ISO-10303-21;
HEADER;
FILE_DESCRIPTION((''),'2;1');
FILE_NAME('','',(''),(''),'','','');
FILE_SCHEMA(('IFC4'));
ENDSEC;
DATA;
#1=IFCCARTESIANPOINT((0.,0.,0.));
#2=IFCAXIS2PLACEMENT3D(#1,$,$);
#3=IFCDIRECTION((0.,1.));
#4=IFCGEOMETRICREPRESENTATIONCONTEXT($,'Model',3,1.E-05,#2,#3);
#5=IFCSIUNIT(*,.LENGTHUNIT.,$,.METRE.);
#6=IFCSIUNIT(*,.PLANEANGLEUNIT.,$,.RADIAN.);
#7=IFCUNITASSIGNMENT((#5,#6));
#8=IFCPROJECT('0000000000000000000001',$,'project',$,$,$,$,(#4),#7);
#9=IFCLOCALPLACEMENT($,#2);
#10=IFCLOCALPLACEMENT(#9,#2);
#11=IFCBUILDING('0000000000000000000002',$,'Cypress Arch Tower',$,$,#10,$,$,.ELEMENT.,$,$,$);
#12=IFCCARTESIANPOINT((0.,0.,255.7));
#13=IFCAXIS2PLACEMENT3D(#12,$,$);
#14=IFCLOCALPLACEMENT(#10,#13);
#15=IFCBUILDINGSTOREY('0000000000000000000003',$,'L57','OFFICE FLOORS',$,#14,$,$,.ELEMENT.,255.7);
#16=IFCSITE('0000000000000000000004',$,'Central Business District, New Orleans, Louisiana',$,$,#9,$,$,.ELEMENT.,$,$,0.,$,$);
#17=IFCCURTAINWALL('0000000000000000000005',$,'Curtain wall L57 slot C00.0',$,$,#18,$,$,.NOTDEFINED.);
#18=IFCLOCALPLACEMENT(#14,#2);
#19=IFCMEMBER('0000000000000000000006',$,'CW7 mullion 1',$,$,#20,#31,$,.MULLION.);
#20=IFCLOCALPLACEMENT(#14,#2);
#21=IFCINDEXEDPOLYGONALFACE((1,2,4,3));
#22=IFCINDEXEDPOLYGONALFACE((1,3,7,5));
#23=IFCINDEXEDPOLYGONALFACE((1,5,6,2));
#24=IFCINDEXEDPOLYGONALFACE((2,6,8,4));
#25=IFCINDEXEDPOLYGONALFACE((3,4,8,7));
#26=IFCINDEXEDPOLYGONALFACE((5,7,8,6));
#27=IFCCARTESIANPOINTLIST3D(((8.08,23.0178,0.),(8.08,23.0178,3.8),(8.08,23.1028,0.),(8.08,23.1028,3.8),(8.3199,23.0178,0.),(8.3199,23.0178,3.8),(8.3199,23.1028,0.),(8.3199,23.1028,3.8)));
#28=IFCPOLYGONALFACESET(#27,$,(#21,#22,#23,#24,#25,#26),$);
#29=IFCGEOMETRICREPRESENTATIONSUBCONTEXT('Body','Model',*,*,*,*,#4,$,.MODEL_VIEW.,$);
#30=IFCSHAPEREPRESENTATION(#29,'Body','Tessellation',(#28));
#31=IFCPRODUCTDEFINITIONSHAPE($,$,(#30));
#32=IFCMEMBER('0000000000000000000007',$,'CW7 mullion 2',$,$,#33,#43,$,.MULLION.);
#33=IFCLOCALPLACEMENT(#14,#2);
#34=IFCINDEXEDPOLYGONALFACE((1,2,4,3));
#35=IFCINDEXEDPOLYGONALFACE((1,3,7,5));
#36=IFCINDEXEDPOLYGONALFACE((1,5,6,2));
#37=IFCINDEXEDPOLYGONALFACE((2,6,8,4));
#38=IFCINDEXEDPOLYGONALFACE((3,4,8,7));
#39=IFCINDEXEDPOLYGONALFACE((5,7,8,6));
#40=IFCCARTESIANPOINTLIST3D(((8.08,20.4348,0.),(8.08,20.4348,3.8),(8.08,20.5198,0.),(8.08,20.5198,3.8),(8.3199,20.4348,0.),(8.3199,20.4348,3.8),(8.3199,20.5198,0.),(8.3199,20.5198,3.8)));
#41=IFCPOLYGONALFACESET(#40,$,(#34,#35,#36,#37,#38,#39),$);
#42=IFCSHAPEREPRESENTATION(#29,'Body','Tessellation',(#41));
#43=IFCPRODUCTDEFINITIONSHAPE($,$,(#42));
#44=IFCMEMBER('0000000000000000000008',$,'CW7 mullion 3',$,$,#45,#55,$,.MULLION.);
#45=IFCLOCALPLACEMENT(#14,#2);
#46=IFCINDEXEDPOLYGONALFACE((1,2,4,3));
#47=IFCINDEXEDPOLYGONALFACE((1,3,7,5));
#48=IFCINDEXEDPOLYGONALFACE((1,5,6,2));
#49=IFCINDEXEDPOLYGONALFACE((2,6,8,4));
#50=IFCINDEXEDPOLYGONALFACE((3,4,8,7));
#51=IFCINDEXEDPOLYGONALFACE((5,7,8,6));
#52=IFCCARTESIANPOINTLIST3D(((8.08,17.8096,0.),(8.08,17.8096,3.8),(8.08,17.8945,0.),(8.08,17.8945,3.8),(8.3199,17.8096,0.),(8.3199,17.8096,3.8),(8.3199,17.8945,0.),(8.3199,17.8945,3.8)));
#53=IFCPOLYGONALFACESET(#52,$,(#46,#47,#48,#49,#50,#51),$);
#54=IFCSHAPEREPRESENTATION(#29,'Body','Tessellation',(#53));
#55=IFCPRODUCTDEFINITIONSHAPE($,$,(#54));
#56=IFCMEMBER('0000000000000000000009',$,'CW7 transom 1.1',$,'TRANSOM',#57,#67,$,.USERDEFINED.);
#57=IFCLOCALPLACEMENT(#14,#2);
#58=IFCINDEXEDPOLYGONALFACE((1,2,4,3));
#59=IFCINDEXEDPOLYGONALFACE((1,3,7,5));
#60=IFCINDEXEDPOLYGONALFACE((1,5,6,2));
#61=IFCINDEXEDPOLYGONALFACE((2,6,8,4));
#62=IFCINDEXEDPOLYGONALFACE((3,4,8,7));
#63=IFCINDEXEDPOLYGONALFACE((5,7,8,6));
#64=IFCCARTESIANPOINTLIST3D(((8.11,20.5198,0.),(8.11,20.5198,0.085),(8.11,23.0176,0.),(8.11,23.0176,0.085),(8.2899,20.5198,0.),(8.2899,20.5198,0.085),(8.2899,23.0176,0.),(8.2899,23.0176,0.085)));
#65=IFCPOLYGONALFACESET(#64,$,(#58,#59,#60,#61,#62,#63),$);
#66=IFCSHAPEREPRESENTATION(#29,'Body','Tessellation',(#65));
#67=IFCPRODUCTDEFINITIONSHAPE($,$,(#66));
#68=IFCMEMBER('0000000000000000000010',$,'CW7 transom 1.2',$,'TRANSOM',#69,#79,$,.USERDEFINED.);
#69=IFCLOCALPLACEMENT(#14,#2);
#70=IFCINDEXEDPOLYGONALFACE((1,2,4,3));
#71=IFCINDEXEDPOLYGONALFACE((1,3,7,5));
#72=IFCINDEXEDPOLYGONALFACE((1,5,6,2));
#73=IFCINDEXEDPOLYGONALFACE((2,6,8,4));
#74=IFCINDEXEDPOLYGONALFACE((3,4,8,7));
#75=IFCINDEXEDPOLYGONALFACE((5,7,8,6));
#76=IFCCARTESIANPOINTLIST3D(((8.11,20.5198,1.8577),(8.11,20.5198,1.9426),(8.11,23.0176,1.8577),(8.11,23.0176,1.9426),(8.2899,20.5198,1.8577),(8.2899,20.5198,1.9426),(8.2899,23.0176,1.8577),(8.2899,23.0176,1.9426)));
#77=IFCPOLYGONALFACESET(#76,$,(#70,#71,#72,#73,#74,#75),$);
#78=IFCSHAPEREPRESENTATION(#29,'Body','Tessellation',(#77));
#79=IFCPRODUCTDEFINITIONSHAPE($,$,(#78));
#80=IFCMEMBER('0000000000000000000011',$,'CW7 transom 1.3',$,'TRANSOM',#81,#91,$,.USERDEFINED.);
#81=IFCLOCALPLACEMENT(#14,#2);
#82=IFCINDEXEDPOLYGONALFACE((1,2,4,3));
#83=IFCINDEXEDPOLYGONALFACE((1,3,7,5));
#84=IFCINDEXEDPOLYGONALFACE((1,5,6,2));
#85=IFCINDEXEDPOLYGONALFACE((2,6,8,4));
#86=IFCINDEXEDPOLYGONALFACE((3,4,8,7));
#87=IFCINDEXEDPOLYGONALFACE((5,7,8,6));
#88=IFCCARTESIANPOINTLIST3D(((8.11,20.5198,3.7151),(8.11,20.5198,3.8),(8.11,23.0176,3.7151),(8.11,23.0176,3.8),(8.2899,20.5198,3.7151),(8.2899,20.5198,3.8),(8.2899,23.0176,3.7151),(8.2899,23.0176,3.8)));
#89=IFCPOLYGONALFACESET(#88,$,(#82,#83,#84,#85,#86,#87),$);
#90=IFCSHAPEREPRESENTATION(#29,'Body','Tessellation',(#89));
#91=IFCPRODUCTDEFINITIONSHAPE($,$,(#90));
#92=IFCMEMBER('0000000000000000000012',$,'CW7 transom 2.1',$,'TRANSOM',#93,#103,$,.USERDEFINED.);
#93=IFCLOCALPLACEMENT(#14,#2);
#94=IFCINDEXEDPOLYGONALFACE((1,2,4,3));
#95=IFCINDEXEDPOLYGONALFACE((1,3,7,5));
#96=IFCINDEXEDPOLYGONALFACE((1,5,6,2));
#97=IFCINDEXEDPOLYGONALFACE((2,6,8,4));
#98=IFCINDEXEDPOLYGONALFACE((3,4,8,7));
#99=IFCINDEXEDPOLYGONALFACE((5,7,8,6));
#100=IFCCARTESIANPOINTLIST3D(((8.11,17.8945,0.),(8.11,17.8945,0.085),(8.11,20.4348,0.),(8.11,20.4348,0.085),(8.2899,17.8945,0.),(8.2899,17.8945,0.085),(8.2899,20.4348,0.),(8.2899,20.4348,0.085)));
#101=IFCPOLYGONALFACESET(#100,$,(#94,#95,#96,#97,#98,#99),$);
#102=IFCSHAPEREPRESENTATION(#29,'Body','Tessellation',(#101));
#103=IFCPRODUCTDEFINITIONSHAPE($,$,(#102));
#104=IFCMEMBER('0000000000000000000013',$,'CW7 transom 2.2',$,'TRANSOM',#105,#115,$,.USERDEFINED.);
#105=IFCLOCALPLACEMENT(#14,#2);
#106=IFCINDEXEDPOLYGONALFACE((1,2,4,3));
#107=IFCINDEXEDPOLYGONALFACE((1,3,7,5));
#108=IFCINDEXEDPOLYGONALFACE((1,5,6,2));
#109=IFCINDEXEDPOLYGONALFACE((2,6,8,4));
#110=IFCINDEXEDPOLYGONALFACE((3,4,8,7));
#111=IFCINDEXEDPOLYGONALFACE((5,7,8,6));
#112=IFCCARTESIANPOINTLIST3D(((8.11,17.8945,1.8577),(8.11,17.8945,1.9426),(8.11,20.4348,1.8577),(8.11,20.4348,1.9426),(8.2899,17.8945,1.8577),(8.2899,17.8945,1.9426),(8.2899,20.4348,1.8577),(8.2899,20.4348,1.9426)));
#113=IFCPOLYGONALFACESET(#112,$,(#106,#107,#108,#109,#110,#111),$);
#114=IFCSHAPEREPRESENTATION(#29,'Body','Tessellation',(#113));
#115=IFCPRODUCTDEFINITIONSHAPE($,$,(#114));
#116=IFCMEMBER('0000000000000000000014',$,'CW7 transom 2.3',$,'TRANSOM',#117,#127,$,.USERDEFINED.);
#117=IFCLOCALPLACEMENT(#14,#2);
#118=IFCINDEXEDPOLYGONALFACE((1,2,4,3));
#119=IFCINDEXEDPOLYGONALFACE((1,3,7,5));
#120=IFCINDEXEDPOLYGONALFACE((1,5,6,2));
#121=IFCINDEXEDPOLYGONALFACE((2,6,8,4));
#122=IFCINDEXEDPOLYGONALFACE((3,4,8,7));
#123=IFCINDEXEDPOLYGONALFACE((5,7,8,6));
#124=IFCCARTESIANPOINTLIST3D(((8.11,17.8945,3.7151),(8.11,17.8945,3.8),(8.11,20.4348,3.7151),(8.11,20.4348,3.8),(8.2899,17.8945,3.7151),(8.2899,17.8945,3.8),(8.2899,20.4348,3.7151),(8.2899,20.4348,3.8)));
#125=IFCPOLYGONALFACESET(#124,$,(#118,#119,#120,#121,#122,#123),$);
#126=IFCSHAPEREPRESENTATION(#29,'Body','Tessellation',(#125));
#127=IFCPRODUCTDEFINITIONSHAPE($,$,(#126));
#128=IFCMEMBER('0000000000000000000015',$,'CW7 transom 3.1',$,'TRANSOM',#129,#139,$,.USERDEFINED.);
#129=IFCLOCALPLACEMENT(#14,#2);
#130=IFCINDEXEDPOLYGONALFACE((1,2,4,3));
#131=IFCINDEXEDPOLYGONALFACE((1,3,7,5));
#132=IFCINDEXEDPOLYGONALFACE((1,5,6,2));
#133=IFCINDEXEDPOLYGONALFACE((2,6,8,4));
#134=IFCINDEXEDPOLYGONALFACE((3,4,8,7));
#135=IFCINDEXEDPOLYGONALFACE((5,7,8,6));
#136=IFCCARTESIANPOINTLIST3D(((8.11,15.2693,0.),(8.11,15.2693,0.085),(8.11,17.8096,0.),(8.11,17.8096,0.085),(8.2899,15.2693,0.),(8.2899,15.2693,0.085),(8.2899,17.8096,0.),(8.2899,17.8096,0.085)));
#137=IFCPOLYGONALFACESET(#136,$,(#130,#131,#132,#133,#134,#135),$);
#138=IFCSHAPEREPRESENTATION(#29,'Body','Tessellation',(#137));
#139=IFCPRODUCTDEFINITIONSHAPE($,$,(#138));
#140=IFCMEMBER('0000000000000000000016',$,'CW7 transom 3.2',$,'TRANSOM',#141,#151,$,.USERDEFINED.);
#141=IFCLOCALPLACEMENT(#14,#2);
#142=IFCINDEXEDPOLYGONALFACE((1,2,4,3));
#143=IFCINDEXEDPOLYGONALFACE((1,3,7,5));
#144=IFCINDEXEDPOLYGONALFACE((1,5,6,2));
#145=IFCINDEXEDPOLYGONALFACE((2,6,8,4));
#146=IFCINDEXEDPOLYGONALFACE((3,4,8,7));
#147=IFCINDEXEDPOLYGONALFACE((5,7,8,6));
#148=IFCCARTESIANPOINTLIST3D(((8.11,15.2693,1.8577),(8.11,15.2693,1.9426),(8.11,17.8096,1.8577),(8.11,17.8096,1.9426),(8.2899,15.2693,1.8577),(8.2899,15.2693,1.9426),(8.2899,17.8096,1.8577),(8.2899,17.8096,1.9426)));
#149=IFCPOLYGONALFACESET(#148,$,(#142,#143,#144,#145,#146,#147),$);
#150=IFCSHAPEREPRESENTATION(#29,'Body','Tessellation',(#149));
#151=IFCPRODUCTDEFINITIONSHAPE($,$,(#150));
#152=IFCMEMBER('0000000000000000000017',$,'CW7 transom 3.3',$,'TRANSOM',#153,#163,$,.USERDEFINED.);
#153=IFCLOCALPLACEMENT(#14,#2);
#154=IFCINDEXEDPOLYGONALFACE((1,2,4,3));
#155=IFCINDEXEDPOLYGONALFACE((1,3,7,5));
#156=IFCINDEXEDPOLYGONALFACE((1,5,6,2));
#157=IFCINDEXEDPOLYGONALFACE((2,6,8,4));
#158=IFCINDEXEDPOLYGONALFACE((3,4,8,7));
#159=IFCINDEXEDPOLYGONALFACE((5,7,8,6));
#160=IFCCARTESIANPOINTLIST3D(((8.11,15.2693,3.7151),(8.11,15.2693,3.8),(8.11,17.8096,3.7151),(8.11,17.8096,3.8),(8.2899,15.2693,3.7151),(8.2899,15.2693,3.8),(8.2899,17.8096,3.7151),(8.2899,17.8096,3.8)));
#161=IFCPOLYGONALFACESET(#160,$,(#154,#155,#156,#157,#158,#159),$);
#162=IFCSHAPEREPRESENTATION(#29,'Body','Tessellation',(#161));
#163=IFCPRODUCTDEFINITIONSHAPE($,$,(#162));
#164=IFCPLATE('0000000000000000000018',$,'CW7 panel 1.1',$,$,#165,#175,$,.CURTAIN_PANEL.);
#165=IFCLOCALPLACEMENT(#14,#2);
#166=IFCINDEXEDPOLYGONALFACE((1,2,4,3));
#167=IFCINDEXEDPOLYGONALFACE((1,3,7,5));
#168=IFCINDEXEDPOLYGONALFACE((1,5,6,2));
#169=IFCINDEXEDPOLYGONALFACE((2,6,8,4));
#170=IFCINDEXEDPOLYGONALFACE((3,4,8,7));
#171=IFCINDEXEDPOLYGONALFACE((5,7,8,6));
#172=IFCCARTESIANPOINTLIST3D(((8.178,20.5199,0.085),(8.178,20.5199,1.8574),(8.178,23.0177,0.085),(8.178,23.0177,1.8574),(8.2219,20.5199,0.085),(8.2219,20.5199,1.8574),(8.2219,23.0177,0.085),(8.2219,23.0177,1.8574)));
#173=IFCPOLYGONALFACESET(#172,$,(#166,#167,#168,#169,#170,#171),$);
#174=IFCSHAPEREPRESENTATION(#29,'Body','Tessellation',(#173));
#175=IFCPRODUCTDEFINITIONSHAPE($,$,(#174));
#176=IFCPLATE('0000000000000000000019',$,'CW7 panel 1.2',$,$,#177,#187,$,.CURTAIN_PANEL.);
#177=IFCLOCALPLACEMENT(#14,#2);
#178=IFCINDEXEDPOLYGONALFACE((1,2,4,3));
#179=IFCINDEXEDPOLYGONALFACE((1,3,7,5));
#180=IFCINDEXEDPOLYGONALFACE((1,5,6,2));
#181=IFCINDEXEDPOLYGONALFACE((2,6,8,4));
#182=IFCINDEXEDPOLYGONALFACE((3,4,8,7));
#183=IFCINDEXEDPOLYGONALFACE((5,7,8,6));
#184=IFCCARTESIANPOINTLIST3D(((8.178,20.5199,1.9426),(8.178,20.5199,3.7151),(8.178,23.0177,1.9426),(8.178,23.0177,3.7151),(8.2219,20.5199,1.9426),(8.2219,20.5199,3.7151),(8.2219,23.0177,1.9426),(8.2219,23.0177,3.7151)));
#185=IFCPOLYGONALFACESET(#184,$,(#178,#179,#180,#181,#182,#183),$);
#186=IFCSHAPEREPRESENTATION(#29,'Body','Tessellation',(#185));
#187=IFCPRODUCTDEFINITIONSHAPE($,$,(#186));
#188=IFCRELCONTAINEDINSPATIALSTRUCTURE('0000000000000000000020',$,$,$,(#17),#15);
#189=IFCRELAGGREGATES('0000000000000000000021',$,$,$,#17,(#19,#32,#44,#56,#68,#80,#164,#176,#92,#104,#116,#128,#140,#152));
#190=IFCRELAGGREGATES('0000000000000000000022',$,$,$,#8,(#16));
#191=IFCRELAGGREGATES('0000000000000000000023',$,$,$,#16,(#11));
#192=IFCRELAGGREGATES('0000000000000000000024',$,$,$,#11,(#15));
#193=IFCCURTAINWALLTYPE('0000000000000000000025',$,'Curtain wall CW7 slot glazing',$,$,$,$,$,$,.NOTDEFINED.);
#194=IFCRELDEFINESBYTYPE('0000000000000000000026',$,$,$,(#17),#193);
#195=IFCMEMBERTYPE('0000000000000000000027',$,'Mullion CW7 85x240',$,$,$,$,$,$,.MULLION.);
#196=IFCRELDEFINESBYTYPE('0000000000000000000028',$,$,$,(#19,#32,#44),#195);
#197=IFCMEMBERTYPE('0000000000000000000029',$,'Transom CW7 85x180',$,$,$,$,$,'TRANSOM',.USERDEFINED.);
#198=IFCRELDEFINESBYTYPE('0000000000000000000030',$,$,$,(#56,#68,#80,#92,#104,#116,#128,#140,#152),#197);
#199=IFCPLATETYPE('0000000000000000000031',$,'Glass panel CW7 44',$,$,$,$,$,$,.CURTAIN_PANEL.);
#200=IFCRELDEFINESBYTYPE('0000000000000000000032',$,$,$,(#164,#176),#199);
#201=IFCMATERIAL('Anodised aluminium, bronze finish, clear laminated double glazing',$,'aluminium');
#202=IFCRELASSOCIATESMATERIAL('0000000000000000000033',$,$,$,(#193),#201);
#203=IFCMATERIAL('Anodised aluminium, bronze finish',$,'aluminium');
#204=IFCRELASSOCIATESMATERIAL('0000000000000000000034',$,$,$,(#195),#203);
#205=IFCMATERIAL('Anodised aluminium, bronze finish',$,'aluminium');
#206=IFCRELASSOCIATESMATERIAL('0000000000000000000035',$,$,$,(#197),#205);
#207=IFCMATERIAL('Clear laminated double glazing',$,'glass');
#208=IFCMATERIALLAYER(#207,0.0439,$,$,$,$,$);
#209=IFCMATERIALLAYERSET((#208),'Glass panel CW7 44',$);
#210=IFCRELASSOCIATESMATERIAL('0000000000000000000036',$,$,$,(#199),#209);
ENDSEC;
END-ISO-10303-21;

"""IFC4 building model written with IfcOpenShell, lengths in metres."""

from ifc_helpers import new_model, si_unit, direction, frame, origin, origin_2d, place, context, subcontext, project, spatial, rectangle, extrude, material, layer, layer_set, material_profile, profile_set, type_object, element, aggregate, save


model = new_model("IFC4")

# Units and contexts
model_context = context("Model", 3, precision=1e-05, world=origin(), true_north=direction((0.0, 1.0)))
body_context = subcontext(model_context, "Body", "Model", "MODEL_VIEW")
ifc_project = project(units=[si_unit("LENGTHUNIT", "METRE"), si_unit("PLANEANGLEUNIT", "RADIAN")], contexts=[model_context])

# Site, building, storey
site_placement = place(None, origin())
site = spatial("IfcSite", under=ifc_project, at=site_placement, Name="Central Business District, New Orleans, Louisiana", CompositionType="ELEMENT", RefElevation=0.0)
building_placement = place(site_placement, origin())
building = spatial("IfcBuilding", under=site, at=building_placement, Name="Cypress Arch Tower", CompositionType="ELEMENT")
storey_placement = place(building_placement, frame((0.0, 0.0, 255.7)))
storey = spatial("IfcBuildingStorey", under=building, at=storey_placement, Name="L57", Description="OFFICE FLOORS", CompositionType="ELEMENT", Elevation=255.7)

# Curtain wall, members, plates
ifc_material_1 = material(Name="Anodised aluminium, bronze finish, clear laminated double glazing", Category="aluminium")
curtain_wall_type = type_object("IfcCurtainWallType", Name="Curtain wall CW7 slot glazing", PredefinedType="NOTDEFINED", material=ifc_material_1)
curtain_wall_placement = place(storey_placement, origin())
curtain_wall = element("IfcCurtainWall", 1, at=curtain_wall_placement, inside=storey, type_object=curtain_wall_type, Name="Curtain wall L57 slot C00.0", PredefinedType="NOTDEFINED")
ifc_material_2 = material(Name="Anodised aluminium, bronze finish", Category="aluminium")
ifc_material_profile_1 = material_profile(ifc_material_2, rectangle(XDim=0.24, YDim=0.085, at=origin_2d()), Name="Mullion 85x240")
ifc_profile_set_1 = profile_set([ifc_material_profile_1], Name="Anodised aluminium, bronze finish")
member_type_1 = type_object("IfcMemberType", Name="Mullion CW7 85x240", PredefinedType="MULLION", material=ifc_profile_set_1)
member_1_placement = place(storey_placement, frame((8.2, 23.0603, 0.0), z_axis=(0.0, 0.0, 1.0), x_axis=(1.0, 0.0, 0.0)))
member_1 = element("IfcMember", 2, at=member_1_placement, type_object=member_type_1, Name="CW7 mullion 1", PredefinedType="MULLION", context=body_context, shape_type="SweptSolid", body=[
    extrude(rectangle(XDim=0.24, YDim=0.085, at=origin_2d()), origin(), (0.0, 0.0, 1.0), 3.8),
])
member_2_placement = place(storey_placement, frame((8.2, 20.4773, 0.0), z_axis=(0.0, 0.0, 1.0), x_axis=(1.0, 0.0, 0.0)))
member_2 = element("IfcMember", 3, at=member_2_placement, type_object=member_type_1, Name="CW7 mullion 2", PredefinedType="MULLION", context=body_context, shape_type="SweptSolid", body=[
    extrude(rectangle(XDim=0.24, YDim=0.085, at=origin_2d()), origin(), (0.0, 0.0, 1.0), 3.8),
])
member_3_placement = place(storey_placement, frame((8.2, 17.8521, 0.0), z_axis=(0.0, 0.0, 1.0), x_axis=(1.0, 0.0, 0.0)))
member_3 = element("IfcMember", 4, at=member_3_placement, type_object=member_type_1, Name="CW7 mullion 3", PredefinedType="MULLION", context=body_context, shape_type="SweptSolid", body=[
    extrude(rectangle(XDim=0.24, YDim=0.085, at=origin_2d()), origin(), (0.0, 0.0, 1.0), 3.8),
])
ifc_material_3 = material(Name="Anodised aluminium, bronze finish", Category="aluminium")
ifc_material_profile_2 = material_profile(ifc_material_3, rectangle(XDim=0.1799, YDim=0.085, at=origin_2d()), Name="Transom 85x180")
ifc_profile_set_2 = profile_set([ifc_material_profile_2], Name="Anodised aluminium, bronze finish")
member_type_2 = type_object("IfcMemberType", Name="Transom CW7 85x180", ElementType="TRANSOM", PredefinedType="USERDEFINED", material=ifc_profile_set_2)
member_4_placement = place(storey_placement, frame((8.2, 23.0176, 0.0425), z_axis=(0.0, -1.0, 0.0), x_axis=(1.0, 0.0, 0.0)))
member_4 = element("IfcMember", 5, at=member_4_placement, type_object=member_type_2, Name="CW7 transom 1.1", ObjectType="TRANSOM", PredefinedType="USERDEFINED", context=body_context, shape_type="SweptSolid", body=[
    extrude(rectangle(XDim=0.1799, YDim=0.085, at=origin_2d()), origin(), (0.0, 0.0, 1.0), 2.4978),
])
member_5_placement = place(storey_placement, frame((8.2, 23.0176, 1.9001), z_axis=(0.0, -1.0, 0.0), x_axis=(1.0, 0.0, 0.0)))
member_5 = element("IfcMember", 6, at=member_5_placement, type_object=member_type_2, Name="CW7 transom 1.2", ObjectType="TRANSOM", PredefinedType="USERDEFINED", context=body_context, shape_type="SweptSolid", body=[
    extrude(rectangle(XDim=0.1799, YDim=0.085, at=origin_2d()), origin(), (0.0, 0.0, 1.0), 2.4978),
])
member_6_placement = place(storey_placement, frame((8.2, 23.0176, 3.7576), z_axis=(0.0, -1.0, 0.0), x_axis=(1.0, 0.0, 0.0)))
member_6 = element("IfcMember", 7, at=member_6_placement, type_object=member_type_2, Name="CW7 transom 1.3", ObjectType="TRANSOM", PredefinedType="USERDEFINED", context=body_context, shape_type="SweptSolid", body=[
    extrude(rectangle(XDim=0.1799, YDim=0.085, at=origin_2d()), origin(), (0.0, 0.0, 1.0), 2.4978),
])
member_7_placement = place(storey_placement, frame((8.2, 20.4348, 0.0425), z_axis=(0.0, -1.0, 0.0), x_axis=(1.0, 0.0, 0.0)))
member_7 = element("IfcMember", 8, at=member_7_placement, type_object=member_type_2, Name="CW7 transom 2.1", ObjectType="TRANSOM", PredefinedType="USERDEFINED", context=body_context, shape_type="SweptSolid", body=[
    extrude(rectangle(XDim=0.1799, YDim=0.085, at=origin_2d()), origin(), (0.0, 0.0, 1.0), 2.5403),
])
member_8_placement = place(storey_placement, frame((8.2, 20.4348, 1.9001), z_axis=(0.0, -1.0, 0.0), x_axis=(1.0, 0.0, 0.0)))
member_8 = element("IfcMember", 9, at=member_8_placement, type_object=member_type_2, Name="CW7 transom 2.2", ObjectType="TRANSOM", PredefinedType="USERDEFINED", context=body_context, shape_type="SweptSolid", body=[
    extrude(rectangle(XDim=0.1799, YDim=0.085, at=origin_2d()), origin(), (0.0, 0.0, 1.0), 2.5403),
])
member_9_placement = place(storey_placement, frame((8.2, 20.4348, 3.7576), z_axis=(0.0, -1.0, 0.0), x_axis=(1.0, 0.0, 0.0)))
member_9 = element("IfcMember", 10, at=member_9_placement, type_object=member_type_2, Name="CW7 transom 2.3", ObjectType="TRANSOM", PredefinedType="USERDEFINED", context=body_context, shape_type="SweptSolid", body=[
    extrude(rectangle(XDim=0.1799, YDim=0.085, at=origin_2d()), origin(), (0.0, 0.0, 1.0), 2.5403),
])
member_10_placement = place(storey_placement, frame((8.2, 17.8096, 0.0425), z_axis=(0.0, -1.0, 0.0), x_axis=(1.0, 0.0, 0.0)))
member_10 = element("IfcMember", 11, at=member_10_placement, type_object=member_type_2, Name="CW7 transom 3.1", ObjectType="TRANSOM", PredefinedType="USERDEFINED", context=body_context, shape_type="SweptSolid", body=[
    extrude(rectangle(XDim=0.1799, YDim=0.085, at=origin_2d()), origin(), (0.0, 0.0, 1.0), 2.5403),
])
member_11_placement = place(storey_placement, frame((8.2, 17.8096, 1.9001), z_axis=(0.0, -1.0, 0.0), x_axis=(1.0, 0.0, 0.0)))
member_11 = element("IfcMember", 12, at=member_11_placement, type_object=member_type_2, Name="CW7 transom 3.2", ObjectType="TRANSOM", PredefinedType="USERDEFINED", context=body_context, shape_type="SweptSolid", body=[
    extrude(rectangle(XDim=0.1799, YDim=0.085, at=origin_2d()), origin(), (0.0, 0.0, 1.0), 2.5403),
])
member_12_placement = place(storey_placement, frame((8.2, 17.8096, 3.7576), z_axis=(0.0, -1.0, 0.0), x_axis=(1.0, 0.0, 0.0)))
member_12 = element("IfcMember", 13, at=member_12_placement, type_object=member_type_2, Name="CW7 transom 3.3", ObjectType="TRANSOM", PredefinedType="USERDEFINED", context=body_context, shape_type="SweptSolid", body=[
    extrude(rectangle(XDim=0.1799, YDim=0.085, at=origin_2d()), origin(), (0.0, 0.0, 1.0), 2.5403),
])
ifc_material_4 = material(Name="Clear laminated double glazing", Category="glass")
ifc_layer = layer(ifc_material_4, 0.0439)
ifc_layer_set = layer_set([ifc_layer], Name="Glass panel CW7 44")
plate_type = type_object("IfcPlateType", Name="Glass panel CW7 44", PredefinedType="CURTAIN_PANEL", material=ifc_layer_set)
plate_1_placement = place(storey_placement, frame((8.2, 21.7688, 0.085), z_axis=(0.0, 0.0, 1.0), x_axis=(0.0, -1.0, 0.0)))
plate_1 = element("IfcPlate", 14, at=plate_1_placement, type_object=plate_type, Name="CW7 panel 1.1", PredefinedType="CURTAIN_PANEL", context=body_context, shape_type="SweptSolid", body=[
    extrude(rectangle(XDim=2.4978, YDim=0.0439, at=origin_2d()), origin(), (0.0, 0.0, 1.0), 1.7725),
])
plate_2_placement = place(storey_placement, frame((8.2, 21.7688, 1.9426), z_axis=(0.0, 0.0, 1.0), x_axis=(0.0, -1.0, 0.0)))
plate_2 = element("IfcPlate", 15, at=plate_2_placement, type_object=plate_type, Name="CW7 panel 1.2", PredefinedType="CURTAIN_PANEL", context=body_context, shape_type="SweptSolid", body=[
    extrude(rectangle(XDim=2.4978, YDim=0.0439, at=origin_2d()), origin(), (0.0, 0.0, 1.0), 1.7725),
])
aggregate(curtain_wall, [member_1, member_2, member_3, member_4, member_5, member_6, plate_1, plate_2, member_7, member_8, member_9, member_10, member_11, member_12])

save(model, "model.ifc")
